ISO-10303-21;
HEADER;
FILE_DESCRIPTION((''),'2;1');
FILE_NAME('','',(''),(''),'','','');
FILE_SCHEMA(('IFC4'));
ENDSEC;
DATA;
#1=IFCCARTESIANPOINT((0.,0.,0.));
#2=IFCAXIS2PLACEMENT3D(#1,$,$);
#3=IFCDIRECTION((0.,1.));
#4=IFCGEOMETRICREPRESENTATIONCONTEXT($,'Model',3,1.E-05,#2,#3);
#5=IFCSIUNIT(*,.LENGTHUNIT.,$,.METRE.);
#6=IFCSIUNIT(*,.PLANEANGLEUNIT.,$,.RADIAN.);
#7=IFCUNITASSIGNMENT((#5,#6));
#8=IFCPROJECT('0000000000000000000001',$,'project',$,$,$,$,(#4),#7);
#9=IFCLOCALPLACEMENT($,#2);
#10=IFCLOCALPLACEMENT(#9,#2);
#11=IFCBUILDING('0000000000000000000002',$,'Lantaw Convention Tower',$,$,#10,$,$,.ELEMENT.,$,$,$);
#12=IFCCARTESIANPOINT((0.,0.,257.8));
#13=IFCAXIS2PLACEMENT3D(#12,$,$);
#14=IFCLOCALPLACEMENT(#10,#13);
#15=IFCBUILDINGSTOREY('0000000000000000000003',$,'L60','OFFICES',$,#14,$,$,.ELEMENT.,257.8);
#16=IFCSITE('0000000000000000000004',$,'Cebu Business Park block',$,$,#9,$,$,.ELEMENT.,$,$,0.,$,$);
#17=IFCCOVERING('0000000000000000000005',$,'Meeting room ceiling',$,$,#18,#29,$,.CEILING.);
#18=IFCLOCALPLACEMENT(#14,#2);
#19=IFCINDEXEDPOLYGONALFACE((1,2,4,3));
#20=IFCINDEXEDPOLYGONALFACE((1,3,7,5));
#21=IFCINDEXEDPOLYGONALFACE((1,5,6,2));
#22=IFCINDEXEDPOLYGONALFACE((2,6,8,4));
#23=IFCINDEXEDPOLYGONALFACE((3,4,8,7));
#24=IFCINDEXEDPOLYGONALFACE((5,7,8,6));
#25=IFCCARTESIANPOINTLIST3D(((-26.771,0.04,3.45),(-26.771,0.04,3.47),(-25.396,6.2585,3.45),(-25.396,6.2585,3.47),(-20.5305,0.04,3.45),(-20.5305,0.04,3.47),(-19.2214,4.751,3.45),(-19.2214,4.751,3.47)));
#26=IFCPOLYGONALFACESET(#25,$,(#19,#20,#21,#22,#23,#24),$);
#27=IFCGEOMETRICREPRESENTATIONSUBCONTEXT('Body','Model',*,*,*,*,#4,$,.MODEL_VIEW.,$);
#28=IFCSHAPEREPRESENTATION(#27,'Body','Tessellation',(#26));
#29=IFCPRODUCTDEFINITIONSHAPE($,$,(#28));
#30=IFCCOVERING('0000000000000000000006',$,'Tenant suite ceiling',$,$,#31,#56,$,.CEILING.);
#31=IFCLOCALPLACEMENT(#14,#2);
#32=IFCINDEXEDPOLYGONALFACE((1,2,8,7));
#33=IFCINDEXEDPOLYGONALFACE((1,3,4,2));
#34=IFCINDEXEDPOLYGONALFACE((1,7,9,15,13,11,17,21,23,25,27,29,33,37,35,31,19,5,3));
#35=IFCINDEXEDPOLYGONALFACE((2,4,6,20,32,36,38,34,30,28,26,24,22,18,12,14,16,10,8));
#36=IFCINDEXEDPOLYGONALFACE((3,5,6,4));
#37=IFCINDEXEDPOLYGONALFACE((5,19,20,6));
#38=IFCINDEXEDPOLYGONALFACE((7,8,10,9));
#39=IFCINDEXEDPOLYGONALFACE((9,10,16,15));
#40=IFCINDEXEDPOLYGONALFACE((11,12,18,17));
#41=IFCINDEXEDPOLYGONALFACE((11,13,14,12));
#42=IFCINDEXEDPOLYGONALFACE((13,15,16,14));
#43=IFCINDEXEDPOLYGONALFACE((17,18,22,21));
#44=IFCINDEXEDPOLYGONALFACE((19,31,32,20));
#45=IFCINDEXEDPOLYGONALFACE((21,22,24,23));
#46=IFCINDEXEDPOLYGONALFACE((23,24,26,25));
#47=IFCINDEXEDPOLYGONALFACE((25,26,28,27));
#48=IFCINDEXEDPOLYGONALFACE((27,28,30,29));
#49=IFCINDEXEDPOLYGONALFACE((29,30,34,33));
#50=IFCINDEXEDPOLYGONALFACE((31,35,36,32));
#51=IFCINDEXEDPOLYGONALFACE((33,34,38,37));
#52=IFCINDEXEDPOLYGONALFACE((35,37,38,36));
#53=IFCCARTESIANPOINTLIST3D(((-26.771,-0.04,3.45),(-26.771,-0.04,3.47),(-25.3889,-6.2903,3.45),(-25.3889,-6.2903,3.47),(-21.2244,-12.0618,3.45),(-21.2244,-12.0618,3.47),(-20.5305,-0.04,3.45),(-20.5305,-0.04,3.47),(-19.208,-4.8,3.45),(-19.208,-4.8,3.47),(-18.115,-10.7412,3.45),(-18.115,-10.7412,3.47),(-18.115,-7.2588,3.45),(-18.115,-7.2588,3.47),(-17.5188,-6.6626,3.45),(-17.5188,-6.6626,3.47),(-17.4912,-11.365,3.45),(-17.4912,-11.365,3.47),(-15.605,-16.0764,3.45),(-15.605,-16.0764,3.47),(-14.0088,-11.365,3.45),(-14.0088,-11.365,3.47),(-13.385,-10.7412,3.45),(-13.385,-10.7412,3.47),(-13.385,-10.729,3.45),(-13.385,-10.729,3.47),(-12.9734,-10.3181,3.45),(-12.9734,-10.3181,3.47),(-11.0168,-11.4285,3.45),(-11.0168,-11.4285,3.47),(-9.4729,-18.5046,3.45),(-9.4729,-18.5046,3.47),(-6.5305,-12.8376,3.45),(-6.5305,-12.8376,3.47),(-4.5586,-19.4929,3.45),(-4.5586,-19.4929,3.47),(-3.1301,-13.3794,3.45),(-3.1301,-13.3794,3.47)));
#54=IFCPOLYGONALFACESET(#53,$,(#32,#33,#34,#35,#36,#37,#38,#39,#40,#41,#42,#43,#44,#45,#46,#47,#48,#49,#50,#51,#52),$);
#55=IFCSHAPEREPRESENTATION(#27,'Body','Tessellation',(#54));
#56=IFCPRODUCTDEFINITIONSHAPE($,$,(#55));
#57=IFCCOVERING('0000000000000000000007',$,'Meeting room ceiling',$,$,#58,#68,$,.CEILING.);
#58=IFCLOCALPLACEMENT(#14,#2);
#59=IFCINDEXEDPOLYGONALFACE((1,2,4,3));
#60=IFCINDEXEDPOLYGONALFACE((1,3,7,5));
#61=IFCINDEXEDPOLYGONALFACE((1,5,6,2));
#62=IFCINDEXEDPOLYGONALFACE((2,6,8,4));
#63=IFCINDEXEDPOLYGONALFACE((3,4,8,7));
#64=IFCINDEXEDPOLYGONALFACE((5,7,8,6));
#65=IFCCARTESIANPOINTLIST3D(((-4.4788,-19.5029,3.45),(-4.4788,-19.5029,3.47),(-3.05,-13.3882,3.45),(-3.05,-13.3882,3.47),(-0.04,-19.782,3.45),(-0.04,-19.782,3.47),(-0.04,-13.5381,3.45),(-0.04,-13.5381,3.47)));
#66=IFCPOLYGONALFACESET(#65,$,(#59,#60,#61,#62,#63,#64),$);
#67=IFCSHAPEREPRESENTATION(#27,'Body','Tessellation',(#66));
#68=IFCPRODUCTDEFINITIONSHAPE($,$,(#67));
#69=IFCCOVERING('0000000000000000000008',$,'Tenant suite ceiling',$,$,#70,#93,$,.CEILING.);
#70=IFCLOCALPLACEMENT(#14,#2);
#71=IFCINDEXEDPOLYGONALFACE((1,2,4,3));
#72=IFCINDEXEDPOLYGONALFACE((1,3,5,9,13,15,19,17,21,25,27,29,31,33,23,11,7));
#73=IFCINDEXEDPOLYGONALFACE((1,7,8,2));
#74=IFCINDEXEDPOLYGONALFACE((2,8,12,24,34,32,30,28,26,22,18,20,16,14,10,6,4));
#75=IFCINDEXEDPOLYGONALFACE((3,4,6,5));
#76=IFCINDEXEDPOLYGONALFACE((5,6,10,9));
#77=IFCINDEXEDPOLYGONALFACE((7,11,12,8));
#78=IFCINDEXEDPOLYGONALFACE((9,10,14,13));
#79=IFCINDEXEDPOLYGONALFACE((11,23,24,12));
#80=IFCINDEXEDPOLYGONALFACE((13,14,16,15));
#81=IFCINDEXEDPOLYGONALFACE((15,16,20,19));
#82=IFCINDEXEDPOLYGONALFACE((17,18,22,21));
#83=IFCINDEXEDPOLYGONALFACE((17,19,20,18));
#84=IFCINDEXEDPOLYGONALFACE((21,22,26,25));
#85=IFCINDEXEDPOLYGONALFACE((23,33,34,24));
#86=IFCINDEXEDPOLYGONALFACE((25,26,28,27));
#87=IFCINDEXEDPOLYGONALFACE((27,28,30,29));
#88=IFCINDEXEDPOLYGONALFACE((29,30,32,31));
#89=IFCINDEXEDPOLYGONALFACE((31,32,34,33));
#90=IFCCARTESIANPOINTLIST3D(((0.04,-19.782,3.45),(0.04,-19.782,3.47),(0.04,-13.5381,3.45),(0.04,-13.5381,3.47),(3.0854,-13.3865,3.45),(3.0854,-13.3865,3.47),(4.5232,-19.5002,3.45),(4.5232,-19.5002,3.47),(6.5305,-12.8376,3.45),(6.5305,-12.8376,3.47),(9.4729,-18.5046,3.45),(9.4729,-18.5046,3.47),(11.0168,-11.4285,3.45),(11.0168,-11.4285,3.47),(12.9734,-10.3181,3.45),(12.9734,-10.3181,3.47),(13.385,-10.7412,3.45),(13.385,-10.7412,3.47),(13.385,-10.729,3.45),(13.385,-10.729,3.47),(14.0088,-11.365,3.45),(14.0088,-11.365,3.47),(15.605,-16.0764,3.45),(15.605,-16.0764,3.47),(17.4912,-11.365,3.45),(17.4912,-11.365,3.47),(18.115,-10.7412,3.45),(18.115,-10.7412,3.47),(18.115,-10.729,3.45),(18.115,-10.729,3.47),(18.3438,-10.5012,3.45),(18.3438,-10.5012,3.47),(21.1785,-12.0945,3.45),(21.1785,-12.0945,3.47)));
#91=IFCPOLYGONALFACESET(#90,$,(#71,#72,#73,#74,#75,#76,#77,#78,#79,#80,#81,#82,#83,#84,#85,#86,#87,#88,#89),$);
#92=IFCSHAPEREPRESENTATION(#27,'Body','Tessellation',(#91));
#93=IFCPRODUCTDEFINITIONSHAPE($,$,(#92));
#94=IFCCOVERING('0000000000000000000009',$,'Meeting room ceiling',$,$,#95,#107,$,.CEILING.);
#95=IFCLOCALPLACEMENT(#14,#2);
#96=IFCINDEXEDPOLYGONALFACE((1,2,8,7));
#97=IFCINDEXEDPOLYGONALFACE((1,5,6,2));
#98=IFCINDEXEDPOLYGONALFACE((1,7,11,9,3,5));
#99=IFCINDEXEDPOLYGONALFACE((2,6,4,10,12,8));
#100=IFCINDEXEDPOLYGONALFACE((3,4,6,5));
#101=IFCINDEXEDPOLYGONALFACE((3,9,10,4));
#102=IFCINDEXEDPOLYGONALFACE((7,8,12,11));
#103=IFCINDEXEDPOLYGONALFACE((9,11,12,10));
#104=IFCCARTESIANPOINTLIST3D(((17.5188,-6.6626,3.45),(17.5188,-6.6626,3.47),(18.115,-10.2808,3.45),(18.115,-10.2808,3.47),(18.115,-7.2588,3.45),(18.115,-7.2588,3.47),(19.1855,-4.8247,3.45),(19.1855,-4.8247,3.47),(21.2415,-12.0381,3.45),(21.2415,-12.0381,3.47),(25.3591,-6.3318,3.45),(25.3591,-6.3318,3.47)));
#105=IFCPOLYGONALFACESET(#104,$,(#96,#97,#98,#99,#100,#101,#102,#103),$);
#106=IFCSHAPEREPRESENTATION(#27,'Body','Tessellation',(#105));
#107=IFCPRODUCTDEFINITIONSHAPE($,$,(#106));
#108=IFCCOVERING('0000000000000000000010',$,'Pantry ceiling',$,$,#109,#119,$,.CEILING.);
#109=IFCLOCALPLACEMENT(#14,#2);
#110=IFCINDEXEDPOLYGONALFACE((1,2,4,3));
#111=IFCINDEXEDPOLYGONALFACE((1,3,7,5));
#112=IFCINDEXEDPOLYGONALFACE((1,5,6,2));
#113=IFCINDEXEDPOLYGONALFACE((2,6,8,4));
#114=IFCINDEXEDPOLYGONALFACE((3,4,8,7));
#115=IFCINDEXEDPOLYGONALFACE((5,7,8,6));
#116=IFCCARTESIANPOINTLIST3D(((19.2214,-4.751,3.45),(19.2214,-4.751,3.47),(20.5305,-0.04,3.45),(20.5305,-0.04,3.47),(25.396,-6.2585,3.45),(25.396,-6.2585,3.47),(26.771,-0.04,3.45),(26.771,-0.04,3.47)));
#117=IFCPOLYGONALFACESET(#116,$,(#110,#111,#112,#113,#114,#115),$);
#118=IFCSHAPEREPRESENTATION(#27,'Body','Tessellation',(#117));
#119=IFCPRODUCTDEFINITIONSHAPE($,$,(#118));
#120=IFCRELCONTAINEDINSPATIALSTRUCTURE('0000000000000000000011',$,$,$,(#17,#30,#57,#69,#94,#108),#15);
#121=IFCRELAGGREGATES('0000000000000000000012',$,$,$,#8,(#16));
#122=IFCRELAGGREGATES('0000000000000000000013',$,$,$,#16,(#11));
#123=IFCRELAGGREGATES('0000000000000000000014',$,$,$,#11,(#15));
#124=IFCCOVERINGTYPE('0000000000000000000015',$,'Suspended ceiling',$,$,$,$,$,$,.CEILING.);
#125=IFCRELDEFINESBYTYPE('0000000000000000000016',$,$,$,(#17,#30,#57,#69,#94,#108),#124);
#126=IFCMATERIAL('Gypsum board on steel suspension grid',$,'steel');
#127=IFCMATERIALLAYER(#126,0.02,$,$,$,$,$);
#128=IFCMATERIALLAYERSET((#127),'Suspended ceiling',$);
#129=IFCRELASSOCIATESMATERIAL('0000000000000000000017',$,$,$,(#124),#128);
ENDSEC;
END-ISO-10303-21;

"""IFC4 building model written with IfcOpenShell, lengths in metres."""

from ifc_helpers import new_model, si_unit, direction, frame, origin, place, context, subcontext, project, spatial, polyline, outline, extrude, material, layer, layer_set, type_object, element, save


model = new_model("IFC4")

# Units and contexts
model_context = context("Model", 3, precision=1e-05, world=origin(), true_north=direction((0.0, 1.0)))
body_context = subcontext(model_context, "Body", "Model", "MODEL_VIEW")
ifc_project = project(units=[si_unit("LENGTHUNIT", "METRE"), si_unit("PLANEANGLEUNIT", "RADIAN")], contexts=[model_context])

# Site, building, storey
site_placement = place(None, origin())
site = spatial("IfcSite", under=ifc_project, at=site_placement, Name="Cebu Business Park block", CompositionType="ELEMENT", RefElevation=0.0)
building_placement = place(site_placement, origin())
building = spatial("IfcBuilding", under=site, at=building_placement, Name="Lantaw Convention Tower", CompositionType="ELEMENT")
storey_placement = place(building_placement, frame((0.0, 0.0, 257.8)))
storey = spatial("IfcBuildingStorey", under=building, at=storey_placement, Name="L60", Description="OFFICES", CompositionType="ELEMENT", Elevation=257.8)

# Coverings
ifc_material_1 = material(Name="Gypsum board on steel suspension grid", Category="steel")
ifc_layer_1 = layer(ifc_material_1, 0.02)
ifc_layer_set_1 = layer_set([ifc_layer_1], Name="Suspended ceiling")
covering_type = type_object("IfcCoveringType", Name="Suspended ceiling", PredefinedType="CEILING", material=ifc_layer_set_1)
covering_1_placement = place(storey_placement, frame((0.0, 0.0, 3.45)))
element("IfcCovering", 1, at=covering_1_placement, inside=storey, type_object=covering_type, Name="Meeting room ceiling", PredefinedType="CEILING", context=body_context, shape_type="SweptSolid", body=[
    extrude(outline(polyline([(-19.2214, 4.751), (-25.396, 6.2585), (-26.771, 0.04), (-20.5305, 0.04), (-19.2214, 4.751)])), origin(), (0.0, 0.0, 1.0), 0.02),
])
covering_2_placement = place(storey_placement, frame((0.0, 0.0, 3.45)))
element("IfcCovering", 2, at=covering_2_placement, inside=storey, type_object=covering_type, Name="Tenant suite ceiling", PredefinedType="CEILING", context=body_context, shape_type="SweptSolid", body=[
    extrude(outline(polyline([(-17.5188, -6.6626), (-19.208, -4.8), (-20.5305, -0.04), (-26.771, -0.04), (-25.3889, -6.2903), (-21.2244, -12.0618), (-15.605, -16.0764), (-9.4729, -18.5046), (-4.5586, -19.4929), (-3.1301, -13.3794), (-6.5305, -12.8376), (-11.0168, -11.4285), (-12.9734, -10.3181), (-13.385, -10.729), (-13.385, -10.7412), (-14.0088, -11.365), (-17.4912, -11.365), (-18.115, -10.7412), (-18.115, -7.2588), (-17.5188, -6.6626)])), origin(), (0.0, 0.0, 1.0), 0.02),
])
covering_3_placement = place(storey_placement, frame((0.0, 0.0, 3.45)))
element("IfcCovering", 3, at=covering_3_placement, inside=storey, type_object=covering_type, Name="Meeting room ceiling", PredefinedType="CEILING", context=body_context, shape_type="SweptSolid", body=[
    extrude(outline(polyline([(-3.05, -13.3882), (-4.4788, -19.5029), (-0.04, -19.782), (-0.04, -13.5381), (-3.05, -13.3882)])), origin(), (0.0, 0.0, 1.0), 0.02),
])
covering_4_placement = place(storey_placement, frame((0.0, 0.0, 3.45)))
element("IfcCovering", 4, at=covering_4_placement, inside=storey, type_object=covering_type, Name="Tenant suite ceiling", PredefinedType="CEILING", context=body_context, shape_type="SweptSolid", body=[
    extrude(outline(polyline([(6.5305, -12.8376), (3.0854, -13.3865), (0.04, -13.5381), (0.04, -19.782), (4.5232, -19.5002), (9.4729, -18.5046), (15.605, -16.0764), (21.1785, -12.0945), (18.3438, -10.5012), (18.115, -10.729), (18.115, -10.7412), (17.4912, -11.365), (14.0088, -11.365), (13.385, -10.7412), (13.385, -10.729), (12.9734, -10.3181), (11.0168, -11.4285), (6.5305, -12.8376)])), origin(), (0.0, 0.0, 1.0), 0.02),
])
covering_5_placement = place(storey_placement, frame((0.0, 0.0, 3.45)))
element("IfcCovering", 5, at=covering_5_placement, inside=storey, type_object=covering_type, Name="Meeting room ceiling", PredefinedType="CEILING", context=body_context, shape_type="SweptSolid", body=[
    extrude(outline(polyline([(17.5188, -6.6626), (18.115, -7.2588), (18.115, -10.2808), (21.2415, -12.0381), (25.3591, -6.3318), (19.1855, -4.8247), (17.5188, -6.6626)])), origin(), (0.0, 0.0, 1.0), 0.02),
])
covering_6_placement = place(storey_placement, frame((0.0, 0.0, 3.45)))
element("IfcCovering", 6, at=covering_6_placement, inside=storey, type_object=covering_type, Name="Pantry ceiling", PredefinedType="CEILING", context=body_context, shape_type="SweptSolid", body=[
    extrude(outline(polyline([(19.2214, -4.751), (25.396, -6.2585), (26.771, -0.04), (20.5305, -0.04), (19.2214, -4.751)])), origin(), (0.0, 0.0, 1.0), 0.02),
])

save(model, "model.ifc")
